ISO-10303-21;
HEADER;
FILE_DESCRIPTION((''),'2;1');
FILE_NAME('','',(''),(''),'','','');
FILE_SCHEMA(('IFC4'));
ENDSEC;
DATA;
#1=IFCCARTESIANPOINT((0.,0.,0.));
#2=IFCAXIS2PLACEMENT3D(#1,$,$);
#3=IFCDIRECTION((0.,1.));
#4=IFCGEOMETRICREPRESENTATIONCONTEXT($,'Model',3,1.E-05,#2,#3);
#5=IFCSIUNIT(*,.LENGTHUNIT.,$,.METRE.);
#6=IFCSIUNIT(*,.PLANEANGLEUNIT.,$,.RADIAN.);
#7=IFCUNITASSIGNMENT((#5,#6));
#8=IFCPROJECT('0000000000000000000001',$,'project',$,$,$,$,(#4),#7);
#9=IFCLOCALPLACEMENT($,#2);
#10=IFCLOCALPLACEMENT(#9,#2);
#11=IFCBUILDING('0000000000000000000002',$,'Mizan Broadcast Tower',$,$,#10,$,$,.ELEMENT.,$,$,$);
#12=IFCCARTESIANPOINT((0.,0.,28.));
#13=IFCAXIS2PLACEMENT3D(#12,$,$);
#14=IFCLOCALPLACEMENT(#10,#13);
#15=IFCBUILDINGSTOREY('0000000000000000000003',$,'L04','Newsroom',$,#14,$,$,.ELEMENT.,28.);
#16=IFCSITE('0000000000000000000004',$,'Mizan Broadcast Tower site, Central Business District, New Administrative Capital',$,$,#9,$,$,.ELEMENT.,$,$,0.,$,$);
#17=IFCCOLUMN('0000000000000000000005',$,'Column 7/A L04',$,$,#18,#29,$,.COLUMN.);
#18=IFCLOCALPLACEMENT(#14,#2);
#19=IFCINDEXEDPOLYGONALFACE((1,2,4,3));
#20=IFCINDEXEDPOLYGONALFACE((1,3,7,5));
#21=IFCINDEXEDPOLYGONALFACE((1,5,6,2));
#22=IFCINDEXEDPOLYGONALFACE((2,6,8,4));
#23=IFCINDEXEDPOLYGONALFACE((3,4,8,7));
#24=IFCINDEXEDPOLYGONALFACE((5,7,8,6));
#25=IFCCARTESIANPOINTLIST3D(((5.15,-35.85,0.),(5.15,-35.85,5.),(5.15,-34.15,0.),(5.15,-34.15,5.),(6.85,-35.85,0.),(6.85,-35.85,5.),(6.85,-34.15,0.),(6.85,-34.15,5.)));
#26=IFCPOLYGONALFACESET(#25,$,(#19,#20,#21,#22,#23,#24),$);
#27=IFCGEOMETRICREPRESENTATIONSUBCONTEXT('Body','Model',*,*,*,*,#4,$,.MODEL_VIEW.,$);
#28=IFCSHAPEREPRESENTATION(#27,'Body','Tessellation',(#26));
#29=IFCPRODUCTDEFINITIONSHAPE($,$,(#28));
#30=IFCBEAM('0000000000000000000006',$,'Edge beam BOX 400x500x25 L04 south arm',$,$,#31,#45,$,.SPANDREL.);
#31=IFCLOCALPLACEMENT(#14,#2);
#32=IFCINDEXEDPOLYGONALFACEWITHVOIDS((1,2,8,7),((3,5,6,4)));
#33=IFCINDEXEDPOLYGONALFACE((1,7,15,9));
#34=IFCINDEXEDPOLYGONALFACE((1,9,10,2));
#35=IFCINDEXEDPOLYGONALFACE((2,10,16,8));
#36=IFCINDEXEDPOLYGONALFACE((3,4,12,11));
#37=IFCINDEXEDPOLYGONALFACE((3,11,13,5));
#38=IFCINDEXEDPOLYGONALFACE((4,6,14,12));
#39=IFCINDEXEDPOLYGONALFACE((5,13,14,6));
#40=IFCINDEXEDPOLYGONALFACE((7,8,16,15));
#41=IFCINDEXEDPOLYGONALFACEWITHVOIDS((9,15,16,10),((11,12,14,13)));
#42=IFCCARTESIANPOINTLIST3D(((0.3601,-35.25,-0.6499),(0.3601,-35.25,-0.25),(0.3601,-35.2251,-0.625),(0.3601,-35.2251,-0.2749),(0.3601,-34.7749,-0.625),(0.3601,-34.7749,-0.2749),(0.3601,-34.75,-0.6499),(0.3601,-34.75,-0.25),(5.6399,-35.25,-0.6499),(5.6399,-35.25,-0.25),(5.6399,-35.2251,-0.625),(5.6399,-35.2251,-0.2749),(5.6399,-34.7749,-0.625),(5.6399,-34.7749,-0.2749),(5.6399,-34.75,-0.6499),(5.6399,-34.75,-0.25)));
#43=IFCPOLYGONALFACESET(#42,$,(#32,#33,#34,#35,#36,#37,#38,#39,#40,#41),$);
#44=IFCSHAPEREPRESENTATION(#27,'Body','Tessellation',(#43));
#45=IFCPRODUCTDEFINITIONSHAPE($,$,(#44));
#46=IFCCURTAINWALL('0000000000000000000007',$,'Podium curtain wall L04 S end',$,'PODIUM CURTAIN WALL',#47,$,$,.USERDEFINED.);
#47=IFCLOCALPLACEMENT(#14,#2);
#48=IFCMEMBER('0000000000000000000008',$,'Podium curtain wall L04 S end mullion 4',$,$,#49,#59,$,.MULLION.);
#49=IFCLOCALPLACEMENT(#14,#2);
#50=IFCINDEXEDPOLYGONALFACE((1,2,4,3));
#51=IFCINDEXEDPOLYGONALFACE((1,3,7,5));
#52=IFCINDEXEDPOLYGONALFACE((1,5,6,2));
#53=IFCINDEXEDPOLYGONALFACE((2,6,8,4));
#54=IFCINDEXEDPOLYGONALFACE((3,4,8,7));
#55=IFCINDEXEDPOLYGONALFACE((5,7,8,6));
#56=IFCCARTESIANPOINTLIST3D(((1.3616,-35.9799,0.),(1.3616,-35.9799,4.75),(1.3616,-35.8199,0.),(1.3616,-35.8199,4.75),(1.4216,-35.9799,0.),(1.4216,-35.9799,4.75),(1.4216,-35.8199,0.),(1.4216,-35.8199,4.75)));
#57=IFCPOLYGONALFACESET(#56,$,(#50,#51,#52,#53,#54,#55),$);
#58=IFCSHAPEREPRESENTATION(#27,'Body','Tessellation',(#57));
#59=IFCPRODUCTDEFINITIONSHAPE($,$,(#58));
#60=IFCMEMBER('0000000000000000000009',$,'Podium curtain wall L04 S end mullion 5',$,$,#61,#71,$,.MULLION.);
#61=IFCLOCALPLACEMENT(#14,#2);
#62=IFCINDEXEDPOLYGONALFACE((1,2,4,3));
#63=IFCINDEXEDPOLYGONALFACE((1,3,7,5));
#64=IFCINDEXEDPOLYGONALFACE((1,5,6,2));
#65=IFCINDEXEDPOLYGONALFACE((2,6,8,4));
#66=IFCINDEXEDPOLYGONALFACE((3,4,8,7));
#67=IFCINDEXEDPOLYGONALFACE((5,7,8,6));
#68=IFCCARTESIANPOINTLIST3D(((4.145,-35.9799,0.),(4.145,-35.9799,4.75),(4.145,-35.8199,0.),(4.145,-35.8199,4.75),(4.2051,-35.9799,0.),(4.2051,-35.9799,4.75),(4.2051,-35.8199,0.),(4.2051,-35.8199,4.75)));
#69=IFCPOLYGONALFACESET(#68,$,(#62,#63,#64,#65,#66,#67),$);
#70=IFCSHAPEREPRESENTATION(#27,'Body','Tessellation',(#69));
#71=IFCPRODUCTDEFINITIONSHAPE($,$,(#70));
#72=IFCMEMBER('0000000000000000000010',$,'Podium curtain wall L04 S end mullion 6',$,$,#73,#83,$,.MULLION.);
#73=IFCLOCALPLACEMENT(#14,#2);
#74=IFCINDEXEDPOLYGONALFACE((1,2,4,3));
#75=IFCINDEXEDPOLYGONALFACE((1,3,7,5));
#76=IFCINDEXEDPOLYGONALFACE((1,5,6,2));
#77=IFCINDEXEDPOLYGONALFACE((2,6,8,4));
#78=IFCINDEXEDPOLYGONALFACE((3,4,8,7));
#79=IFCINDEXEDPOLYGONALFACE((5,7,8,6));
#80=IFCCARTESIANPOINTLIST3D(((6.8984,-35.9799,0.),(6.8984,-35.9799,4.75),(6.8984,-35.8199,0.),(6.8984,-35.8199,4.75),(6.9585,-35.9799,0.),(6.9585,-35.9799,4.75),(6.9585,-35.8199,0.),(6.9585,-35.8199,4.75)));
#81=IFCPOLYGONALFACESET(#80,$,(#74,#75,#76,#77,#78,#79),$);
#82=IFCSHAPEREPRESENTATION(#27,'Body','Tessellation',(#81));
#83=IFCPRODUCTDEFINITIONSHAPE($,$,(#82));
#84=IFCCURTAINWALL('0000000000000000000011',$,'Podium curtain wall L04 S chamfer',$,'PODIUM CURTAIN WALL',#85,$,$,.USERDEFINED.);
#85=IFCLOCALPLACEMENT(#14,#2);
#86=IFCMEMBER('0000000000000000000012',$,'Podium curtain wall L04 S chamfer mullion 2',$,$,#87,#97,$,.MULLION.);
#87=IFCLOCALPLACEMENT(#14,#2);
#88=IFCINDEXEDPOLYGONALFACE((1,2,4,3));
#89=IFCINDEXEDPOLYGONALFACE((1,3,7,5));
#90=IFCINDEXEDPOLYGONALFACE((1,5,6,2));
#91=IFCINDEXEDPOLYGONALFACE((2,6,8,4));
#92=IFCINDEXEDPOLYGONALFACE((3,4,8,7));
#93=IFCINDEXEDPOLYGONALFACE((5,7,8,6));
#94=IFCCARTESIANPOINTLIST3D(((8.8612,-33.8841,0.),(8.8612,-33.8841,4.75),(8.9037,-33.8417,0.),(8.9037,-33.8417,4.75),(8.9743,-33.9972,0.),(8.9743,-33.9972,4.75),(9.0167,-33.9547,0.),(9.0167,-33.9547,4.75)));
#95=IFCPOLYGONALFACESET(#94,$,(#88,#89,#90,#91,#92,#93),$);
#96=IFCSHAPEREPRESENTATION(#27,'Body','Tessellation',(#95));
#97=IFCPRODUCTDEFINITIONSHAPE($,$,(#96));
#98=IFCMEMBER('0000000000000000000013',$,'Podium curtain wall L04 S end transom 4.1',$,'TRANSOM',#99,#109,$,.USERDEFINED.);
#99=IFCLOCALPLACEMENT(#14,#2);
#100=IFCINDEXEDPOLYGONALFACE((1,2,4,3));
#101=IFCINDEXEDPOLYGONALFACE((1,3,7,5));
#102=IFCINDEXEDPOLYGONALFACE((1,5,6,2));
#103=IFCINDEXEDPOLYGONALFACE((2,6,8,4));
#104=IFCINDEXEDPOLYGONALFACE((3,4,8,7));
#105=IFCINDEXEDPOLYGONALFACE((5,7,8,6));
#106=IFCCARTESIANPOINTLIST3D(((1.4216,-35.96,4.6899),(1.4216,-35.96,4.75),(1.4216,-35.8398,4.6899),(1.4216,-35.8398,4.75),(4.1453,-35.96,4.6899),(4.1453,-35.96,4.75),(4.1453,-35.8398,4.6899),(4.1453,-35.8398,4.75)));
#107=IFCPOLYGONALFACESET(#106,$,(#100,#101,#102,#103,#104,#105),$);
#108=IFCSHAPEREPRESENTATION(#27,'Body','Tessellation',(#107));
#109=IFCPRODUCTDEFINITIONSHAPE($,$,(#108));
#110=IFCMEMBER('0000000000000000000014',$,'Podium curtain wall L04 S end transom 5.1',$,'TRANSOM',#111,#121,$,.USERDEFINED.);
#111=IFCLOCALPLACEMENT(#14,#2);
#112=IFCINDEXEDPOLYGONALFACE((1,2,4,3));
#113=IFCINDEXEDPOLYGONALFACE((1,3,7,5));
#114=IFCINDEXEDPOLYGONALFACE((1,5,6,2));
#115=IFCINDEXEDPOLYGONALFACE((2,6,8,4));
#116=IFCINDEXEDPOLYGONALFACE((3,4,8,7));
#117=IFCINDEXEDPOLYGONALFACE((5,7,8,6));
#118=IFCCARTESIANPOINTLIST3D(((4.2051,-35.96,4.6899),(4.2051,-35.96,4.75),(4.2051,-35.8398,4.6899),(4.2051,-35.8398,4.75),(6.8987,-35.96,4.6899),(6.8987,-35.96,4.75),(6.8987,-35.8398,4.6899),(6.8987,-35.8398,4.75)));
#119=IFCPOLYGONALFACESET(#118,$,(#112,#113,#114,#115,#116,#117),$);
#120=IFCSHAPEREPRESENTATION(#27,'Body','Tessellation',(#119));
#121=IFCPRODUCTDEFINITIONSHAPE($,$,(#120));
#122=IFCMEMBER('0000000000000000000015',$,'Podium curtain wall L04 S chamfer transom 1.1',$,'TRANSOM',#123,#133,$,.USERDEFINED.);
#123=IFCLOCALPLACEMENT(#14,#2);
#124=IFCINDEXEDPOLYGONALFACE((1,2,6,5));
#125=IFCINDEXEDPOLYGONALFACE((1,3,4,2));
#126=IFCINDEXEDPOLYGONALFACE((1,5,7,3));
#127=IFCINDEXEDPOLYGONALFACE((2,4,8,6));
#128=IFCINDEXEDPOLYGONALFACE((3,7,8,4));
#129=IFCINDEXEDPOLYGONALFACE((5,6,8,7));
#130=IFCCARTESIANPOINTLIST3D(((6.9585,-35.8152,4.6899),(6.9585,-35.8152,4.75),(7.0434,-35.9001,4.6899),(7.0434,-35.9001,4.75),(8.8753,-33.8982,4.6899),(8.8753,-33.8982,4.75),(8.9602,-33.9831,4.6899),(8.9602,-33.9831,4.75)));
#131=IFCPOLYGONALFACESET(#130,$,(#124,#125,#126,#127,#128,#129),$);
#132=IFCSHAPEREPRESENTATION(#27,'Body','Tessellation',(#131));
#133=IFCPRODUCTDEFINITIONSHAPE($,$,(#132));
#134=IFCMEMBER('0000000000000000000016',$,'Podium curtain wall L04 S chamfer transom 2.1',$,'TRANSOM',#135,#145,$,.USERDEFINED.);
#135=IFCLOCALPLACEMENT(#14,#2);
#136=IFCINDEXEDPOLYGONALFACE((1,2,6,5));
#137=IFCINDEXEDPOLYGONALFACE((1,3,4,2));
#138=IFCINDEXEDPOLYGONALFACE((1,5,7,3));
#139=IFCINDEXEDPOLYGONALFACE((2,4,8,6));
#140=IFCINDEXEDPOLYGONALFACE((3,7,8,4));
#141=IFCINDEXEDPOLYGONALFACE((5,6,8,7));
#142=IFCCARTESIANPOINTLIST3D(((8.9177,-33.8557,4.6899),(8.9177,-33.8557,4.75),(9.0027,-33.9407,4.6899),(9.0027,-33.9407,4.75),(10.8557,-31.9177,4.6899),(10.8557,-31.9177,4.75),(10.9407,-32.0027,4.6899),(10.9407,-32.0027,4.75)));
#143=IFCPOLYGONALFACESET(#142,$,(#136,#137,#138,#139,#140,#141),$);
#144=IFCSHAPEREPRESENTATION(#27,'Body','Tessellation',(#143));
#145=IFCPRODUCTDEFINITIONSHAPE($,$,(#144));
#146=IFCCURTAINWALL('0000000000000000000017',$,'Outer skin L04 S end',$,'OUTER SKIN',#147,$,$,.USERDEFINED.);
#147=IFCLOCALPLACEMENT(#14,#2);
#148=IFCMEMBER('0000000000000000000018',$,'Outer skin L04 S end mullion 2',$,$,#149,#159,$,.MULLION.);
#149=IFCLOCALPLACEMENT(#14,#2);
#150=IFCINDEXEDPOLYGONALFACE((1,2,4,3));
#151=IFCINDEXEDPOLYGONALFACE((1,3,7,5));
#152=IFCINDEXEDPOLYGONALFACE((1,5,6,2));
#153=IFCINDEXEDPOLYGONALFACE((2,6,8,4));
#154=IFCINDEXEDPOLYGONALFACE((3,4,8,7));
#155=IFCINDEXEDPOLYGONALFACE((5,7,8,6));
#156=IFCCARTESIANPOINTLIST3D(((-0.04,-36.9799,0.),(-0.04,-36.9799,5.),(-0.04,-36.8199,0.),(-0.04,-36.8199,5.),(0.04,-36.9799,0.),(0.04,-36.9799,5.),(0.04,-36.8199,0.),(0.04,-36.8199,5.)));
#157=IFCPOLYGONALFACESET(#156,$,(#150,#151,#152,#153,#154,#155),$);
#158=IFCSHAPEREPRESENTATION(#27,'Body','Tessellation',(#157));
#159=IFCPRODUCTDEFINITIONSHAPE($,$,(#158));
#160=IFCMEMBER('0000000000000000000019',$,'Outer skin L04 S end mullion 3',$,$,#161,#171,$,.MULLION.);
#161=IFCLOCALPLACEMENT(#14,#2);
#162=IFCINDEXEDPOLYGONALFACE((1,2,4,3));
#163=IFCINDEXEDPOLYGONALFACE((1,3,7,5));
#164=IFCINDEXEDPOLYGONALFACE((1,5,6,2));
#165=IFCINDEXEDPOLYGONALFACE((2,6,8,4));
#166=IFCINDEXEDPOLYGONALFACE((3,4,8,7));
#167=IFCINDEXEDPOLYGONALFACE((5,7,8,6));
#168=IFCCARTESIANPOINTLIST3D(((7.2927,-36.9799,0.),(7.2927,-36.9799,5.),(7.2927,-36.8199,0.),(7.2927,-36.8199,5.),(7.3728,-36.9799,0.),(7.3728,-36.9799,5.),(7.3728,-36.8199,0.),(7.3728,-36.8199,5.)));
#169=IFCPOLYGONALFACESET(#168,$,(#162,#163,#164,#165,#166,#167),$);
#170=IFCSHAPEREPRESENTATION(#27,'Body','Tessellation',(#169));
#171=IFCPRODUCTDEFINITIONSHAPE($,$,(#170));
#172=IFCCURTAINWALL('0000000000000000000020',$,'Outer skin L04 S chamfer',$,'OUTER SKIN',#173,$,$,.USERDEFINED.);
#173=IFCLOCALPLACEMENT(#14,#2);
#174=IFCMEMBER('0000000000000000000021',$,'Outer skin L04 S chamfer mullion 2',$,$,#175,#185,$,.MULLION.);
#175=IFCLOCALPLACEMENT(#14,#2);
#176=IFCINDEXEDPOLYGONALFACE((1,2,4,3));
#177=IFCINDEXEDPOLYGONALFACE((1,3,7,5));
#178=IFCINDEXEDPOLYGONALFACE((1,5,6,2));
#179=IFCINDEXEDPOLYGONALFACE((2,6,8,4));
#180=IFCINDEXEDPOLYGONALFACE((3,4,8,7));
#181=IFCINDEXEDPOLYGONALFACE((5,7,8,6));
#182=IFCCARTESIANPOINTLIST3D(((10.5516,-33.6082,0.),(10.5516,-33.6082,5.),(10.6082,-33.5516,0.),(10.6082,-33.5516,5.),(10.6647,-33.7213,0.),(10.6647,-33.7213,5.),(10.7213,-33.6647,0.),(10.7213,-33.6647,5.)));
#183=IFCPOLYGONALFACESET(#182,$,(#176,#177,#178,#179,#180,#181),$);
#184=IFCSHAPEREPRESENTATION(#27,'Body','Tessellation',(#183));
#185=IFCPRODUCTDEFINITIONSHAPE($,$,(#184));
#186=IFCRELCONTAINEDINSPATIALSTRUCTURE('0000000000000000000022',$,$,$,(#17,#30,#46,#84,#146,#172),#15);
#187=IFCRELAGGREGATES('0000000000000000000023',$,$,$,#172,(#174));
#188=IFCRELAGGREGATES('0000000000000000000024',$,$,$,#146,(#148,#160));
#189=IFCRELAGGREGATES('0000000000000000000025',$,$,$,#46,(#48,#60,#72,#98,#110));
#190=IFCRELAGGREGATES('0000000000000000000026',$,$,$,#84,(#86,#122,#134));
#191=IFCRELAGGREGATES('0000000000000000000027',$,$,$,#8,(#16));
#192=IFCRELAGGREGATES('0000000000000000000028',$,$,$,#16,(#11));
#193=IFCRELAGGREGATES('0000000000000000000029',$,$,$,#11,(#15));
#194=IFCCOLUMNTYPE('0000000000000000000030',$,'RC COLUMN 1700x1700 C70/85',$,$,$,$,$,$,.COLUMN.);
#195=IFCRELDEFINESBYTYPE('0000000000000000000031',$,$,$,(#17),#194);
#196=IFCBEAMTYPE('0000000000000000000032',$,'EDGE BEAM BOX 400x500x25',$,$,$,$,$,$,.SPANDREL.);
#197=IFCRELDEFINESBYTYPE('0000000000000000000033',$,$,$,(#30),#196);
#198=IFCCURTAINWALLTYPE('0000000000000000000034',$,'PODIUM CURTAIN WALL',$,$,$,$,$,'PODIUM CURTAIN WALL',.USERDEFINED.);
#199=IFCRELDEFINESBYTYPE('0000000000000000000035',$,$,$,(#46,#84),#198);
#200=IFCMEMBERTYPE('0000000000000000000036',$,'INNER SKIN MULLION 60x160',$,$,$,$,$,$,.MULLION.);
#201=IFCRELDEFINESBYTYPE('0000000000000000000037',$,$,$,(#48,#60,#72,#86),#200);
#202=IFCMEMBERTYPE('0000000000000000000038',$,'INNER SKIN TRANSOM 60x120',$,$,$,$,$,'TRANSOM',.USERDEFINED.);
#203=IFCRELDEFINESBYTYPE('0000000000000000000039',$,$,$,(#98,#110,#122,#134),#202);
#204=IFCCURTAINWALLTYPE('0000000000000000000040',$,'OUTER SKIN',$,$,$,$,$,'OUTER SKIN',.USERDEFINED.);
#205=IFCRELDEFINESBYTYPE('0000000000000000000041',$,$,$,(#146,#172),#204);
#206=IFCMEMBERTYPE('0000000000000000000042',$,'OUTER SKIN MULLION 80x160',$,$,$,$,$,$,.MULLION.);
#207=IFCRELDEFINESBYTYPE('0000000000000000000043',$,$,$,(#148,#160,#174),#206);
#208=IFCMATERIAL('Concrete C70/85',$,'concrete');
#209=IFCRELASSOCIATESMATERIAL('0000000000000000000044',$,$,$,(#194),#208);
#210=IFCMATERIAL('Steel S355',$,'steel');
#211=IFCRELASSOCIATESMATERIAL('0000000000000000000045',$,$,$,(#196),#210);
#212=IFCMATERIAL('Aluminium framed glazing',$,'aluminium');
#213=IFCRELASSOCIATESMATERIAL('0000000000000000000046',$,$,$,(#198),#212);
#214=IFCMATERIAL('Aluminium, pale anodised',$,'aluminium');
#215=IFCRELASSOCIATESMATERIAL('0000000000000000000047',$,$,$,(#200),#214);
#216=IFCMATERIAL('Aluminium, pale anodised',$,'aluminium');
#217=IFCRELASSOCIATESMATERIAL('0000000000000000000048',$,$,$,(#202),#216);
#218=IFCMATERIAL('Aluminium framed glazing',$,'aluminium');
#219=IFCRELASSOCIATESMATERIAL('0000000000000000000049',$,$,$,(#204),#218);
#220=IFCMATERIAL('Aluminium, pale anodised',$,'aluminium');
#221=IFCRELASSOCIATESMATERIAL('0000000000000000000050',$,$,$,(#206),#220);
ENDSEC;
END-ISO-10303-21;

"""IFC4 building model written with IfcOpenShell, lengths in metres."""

from ifc_helpers import new_model, si_unit, direction, frame, origin, origin_2d, place, context, subcontext, project, spatial, rectangle, hollow_rectangle, extrude, material, material_profile, profile_set, type_object, element, aggregate, save


model = new_model("IFC4")

# Units and contexts
model_context = context("Model", 3, precision=1e-05, world=origin(), true_north=direction((0.0, 1.0)))
body_context = subcontext(model_context, "Body", "Model", "MODEL_VIEW")
ifc_project = project(units=[si_unit("LENGTHUNIT", "METRE"), si_unit("PLANEANGLEUNIT", "RADIAN")], contexts=[model_context])

# Site, building, storey
site_placement = place(None, origin())
site = spatial("IfcSite", under=ifc_project, at=site_placement, Name="Mizan Broadcast Tower site, Central Business District, New Administrative Capital", CompositionType="ELEMENT", RefElevation=0.0)
building_placement = place(site_placement, origin())
building = spatial("IfcBuilding", under=site, at=building_placement, Name="Mizan Broadcast Tower", CompositionType="ELEMENT")
storey_placement = place(building_placement, frame((0.0, 0.0, 28.0)))
storey = spatial("IfcBuildingStorey", under=building, at=storey_placement, Name="L04", Description="Newsroom", CompositionType="ELEMENT", Elevation=28.0)

# Column
ifc_material_1 = material(Name="Concrete C70/85", Category="concrete")
ifc_material_profile_1 = material_profile(ifc_material_1, rectangle(XDim=1.7, YDim=1.7, at=origin_2d()), Name="RC 1700x1700")
ifc_profile_set_1 = profile_set([ifc_material_profile_1], Name="Concrete C70/85")
column_type = type_object("IfcColumnType", Name="RC COLUMN 1700x1700 C70/85", PredefinedType="COLUMN", material=ifc_profile_set_1)
column_placement = place(storey_placement, frame((6.0, -35.0, 0.0), z_axis=(0.0, 0.0, 1.0), x_axis=(1.0, 0.0, 0.0)))
element("IfcColumn", 1, at=column_placement, inside=storey, type_object=column_type, Name="Column 7/A L04", PredefinedType="COLUMN", context=body_context, shape_type="SweptSolid", body=[
    extrude(rectangle(XDim=1.7, YDim=1.7, at=origin_2d()), origin(), (0.0, 0.0, 1.0), 5.0),
])

# Beam
ifc_material_2 = material(Name="Steel S355", Category="steel")
ifc_material_profile_2 = material_profile(ifc_material_2, hollow_rectangle(XDim=0.5, YDim=0.3999, WallThickness=0.0249, at=origin_2d()), Name="BOX 400x500x25")
ifc_profile_set_2 = profile_set([ifc_material_profile_2], Name="Steel S355")
beam_type = type_object("IfcBeamType", Name="EDGE BEAM BOX 400x500x25", PredefinedType="SPANDREL", material=ifc_profile_set_2)
beam_placement = place(storey_placement, frame((5.6399, -35.0, -0.45), z_axis=(-1.0, 0.0, 0.0), x_axis=(0.0, -1.0, 0.0)))
element("IfcBeam", 2, at=beam_placement, inside=storey, type_object=beam_type, Name="Edge beam BOX 400x500x25 L04 south arm", PredefinedType="SPANDREL", context=body_context, shape_type="SweptSolid", body=[
    extrude(hollow_rectangle(XDim=0.5, YDim=0.3999, WallThickness=0.0249, at=origin_2d()), origin(), (0.0, 0.0, 1.0), 5.2798),
])

# Curtain wall, members
ifc_material_3 = material(Name="Aluminium framed glazing", Category="aluminium")
curtain_wall_type_1 = type_object("IfcCurtainWallType", Name="PODIUM CURTAIN WALL", ElementType="PODIUM CURTAIN WALL", PredefinedType="USERDEFINED", material=ifc_material_3)
curtain_wall_1_placement = place(storey_placement, origin())
curtain_wall_1 = element("IfcCurtainWall", 3, at=curtain_wall_1_placement, inside=storey, type_object=curtain_wall_type_1, Name="Podium curtain wall L04 S end", ObjectType="PODIUM CURTAIN WALL", PredefinedType="USERDEFINED")
ifc_material_4 = material(Name="Aluminium, pale anodised", Category="aluminium")
ifc_material_profile_3 = material_profile(ifc_material_4, rectangle(XDim=0.1599, YDim=0.0601, at=origin_2d()), Name="MULLION 160x60")
ifc_profile_set_3 = profile_set([ifc_material_profile_3], Name="Aluminium, pale anodised")
member_type_1 = type_object("IfcMemberType", Name="INNER SKIN MULLION 60x160", PredefinedType="MULLION", material=ifc_profile_set_3)
member_1_placement = place(storey_placement, frame((1.3916, -35.8999, 0.0), z_axis=(0.0, 0.0, 1.0), x_axis=(0.0, 1.0, 0.0)))
member_1 = element("IfcMember", 4, at=member_1_placement, type_object=member_type_1, Name="Podium curtain wall L04 S end mullion 4", PredefinedType="MULLION", context=body_context, shape_type="SweptSolid", body=[
    extrude(rectangle(XDim=0.1599, YDim=0.0601, at=origin_2d()), origin(), (0.0, 0.0, 1.0), 4.75),
])
member_2_placement = place(storey_placement, frame((4.175, -35.8999, 0.0), z_axis=(0.0, 0.0, 1.0), x_axis=(0.0, 1.0, 0.0)))
member_2 = element("IfcMember", 5, at=member_2_placement, type_object=member_type_1, Name="Podium curtain wall L04 S end mullion 5", PredefinedType="MULLION", context=body_context, shape_type="SweptSolid", body=[
    extrude(rectangle(XDim=0.1599, YDim=0.0601, at=origin_2d()), origin(), (0.0, 0.0, 1.0), 4.75),
])
member_3_placement = place(storey_placement, frame((6.9285, -35.8999, 0.0), z_axis=(0.0, 0.0, 1.0), x_axis=(0.0, 1.0, 0.0)))
member_3 = element("IfcMember", 6, at=member_3_placement, type_object=member_type_1, Name="Podium curtain wall L04 S end mullion 6", PredefinedType="MULLION", context=body_context, shape_type="SweptSolid", body=[
    extrude(rectangle(XDim=0.1599, YDim=0.0601, at=origin_2d()), origin(), (0.0, 0.0, 1.0), 4.75),
])

# Curtain wall, member
curtain_wall_2_placement = place(storey_placement, origin())
curtain_wall_2 = element("IfcCurtainWall", 7, at=curtain_wall_2_placement, inside=storey, type_object=curtain_wall_type_1, Name="Podium curtain wall L04 S chamfer", ObjectType="PODIUM CURTAIN WALL", PredefinedType="USERDEFINED")
member_4_placement = place(storey_placement, frame((8.939, -33.9194, 0.0), z_axis=(0.0, 0.0, 1.0), x_axis=(-0.707107, 0.707107, 0.0)))
member_4 = element("IfcMember", 8, at=member_4_placement, type_object=member_type_1, Name="Podium curtain wall L04 S chamfer mullion 2", PredefinedType="MULLION", context=body_context, shape_type="SweptSolid", body=[
    extrude(rectangle(XDim=0.1599, YDim=0.0601, at=origin_2d()), origin(), (0.0, 0.0, 1.0), 4.75),
])

# Members
ifc_material_5 = material(Name="Aluminium, pale anodised", Category="aluminium")
ifc_material_profile_4 = material_profile(ifc_material_5, rectangle(XDim=0.1201, YDim=0.0601, at=origin_2d()), Name="TRANSOM 120x60")
ifc_profile_set_4 = profile_set([ifc_material_profile_4], Name="Aluminium, pale anodised")
member_type_2 = type_object("IfcMemberType", Name="INNER SKIN TRANSOM 60x120", ElementType="TRANSOM", PredefinedType="USERDEFINED", material=ifc_profile_set_4)
member_5_placement = place(storey_placement, frame((1.4216, -35.8999, 4.72), z_axis=(1.0, 0.0, 0.0), x_axis=(0.0, 1.0, 0.0)))
member_5 = element("IfcMember", 9, at=member_5_placement, type_object=member_type_2, Name="Podium curtain wall L04 S end transom 4.1", ObjectType="TRANSOM", PredefinedType="USERDEFINED", context=body_context, shape_type="SweptSolid", body=[
    extrude(rectangle(XDim=0.1201, YDim=0.0601, at=origin_2d()), origin(), (0.0, 0.0, 1.0), 2.7236),
])
member_6_placement = place(storey_placement, frame((4.2051, -35.8999, 4.72), z_axis=(1.0, 0.0, 0.0), x_axis=(0.0, 1.0, 0.0)))
member_6 = element("IfcMember", 10, at=member_6_placement, type_object=member_type_2, Name="Podium curtain wall L04 S end transom 5.1", ObjectType="TRANSOM", PredefinedType="USERDEFINED", context=body_context, shape_type="SweptSolid", body=[
    extrude(rectangle(XDim=0.1201, YDim=0.0601, at=origin_2d()), origin(), (0.0, 0.0, 1.0), 2.6936),
])
member_7_placement = place(storey_placement, frame((7.001, -35.8577, 4.72), z_axis=(0.707062, 0.707152, 0.0), x_axis=(-0.707152, 0.707062, 0.0)))
member_7 = element("IfcMember", 11, at=member_7_placement, type_object=member_type_2, Name="Podium curtain wall L04 S chamfer transom 1.1", ObjectType="TRANSOM", PredefinedType="USERDEFINED", context=body_context, shape_type="SweptSolid", body=[
    extrude(rectangle(XDim=0.1201, YDim=0.0601, at=origin_2d()), origin(), (0.0, 0.0, 1.0), 2.7109),
])
member_8_placement = place(storey_placement, frame((8.9602, -33.8982, 4.72), z_axis=(0.707107, 0.707107, 0.0), x_axis=(-0.707107, 0.707107, 0.0)))
member_8 = element("IfcMember", 12, at=member_8_placement, type_object=member_type_2, Name="Podium curtain wall L04 S chamfer transom 2.1", ObjectType="TRANSOM", PredefinedType="USERDEFINED", context=body_context, shape_type="SweptSolid", body=[
    extrude(rectangle(XDim=0.1201, YDim=0.0601, at=origin_2d()), origin(), (0.0, 0.0, 1.0), 2.7407),
])

# Curtain wall, members
ifc_material_6 = material(Name="Aluminium framed glazing", Category="aluminium")
curtain_wall_type_2 = type_object("IfcCurtainWallType", Name="OUTER SKIN", ElementType="OUTER SKIN", PredefinedType="USERDEFINED", material=ifc_material_6)
curtain_wall_3_placement = place(storey_placement, origin())
curtain_wall_3 = element("IfcCurtainWall", 13, at=curtain_wall_3_placement, inside=storey, type_object=curtain_wall_type_2, Name="Outer skin L04 S end", ObjectType="OUTER SKIN", PredefinedType="USERDEFINED")
ifc_material_7 = material(Name="Aluminium, pale anodised", Category="aluminium")
ifc_material_profile_5 = material_profile(ifc_material_7, rectangle(XDim=0.1599, YDim=0.0801, at=origin_2d()), Name="MULLION 160x80")
ifc_profile_set_5 = profile_set([ifc_material_profile_5], Name="Aluminium, pale anodised")
member_type_3 = type_object("IfcMemberType", Name="OUTER SKIN MULLION 80x160", PredefinedType="MULLION", material=ifc_profile_set_5)
member_9_placement = place(storey_placement, frame((0.0, -36.8999, 0.0), z_axis=(0.0, 0.0, 1.0), x_axis=(0.0, 1.0, 0.0)))
member_9 = element("IfcMember", 14, at=member_9_placement, type_object=member_type_3, Name="Outer skin L04 S end mullion 2", PredefinedType="MULLION", context=body_context, shape_type="SweptSolid", body=[
    extrude(rectangle(XDim=0.1599, YDim=0.0801, at=origin_2d()), origin(), (0.0, 0.0, 1.0), 5.0),
])
member_10_placement = place(storey_placement, frame((7.3328, -36.8999, 0.0), z_axis=(0.0, 0.0, 1.0), x_axis=(0.0, 1.0, 0.0)))
member_10 = element("IfcMember", 15, at=member_10_placement, type_object=member_type_3, Name="Outer skin L04 S end mullion 3", PredefinedType="MULLION", context=body_context, shape_type="SweptSolid", body=[
    extrude(rectangle(XDim=0.1599, YDim=0.0801, at=origin_2d()), origin(), (0.0, 0.0, 1.0), 5.0),
])

# Curtain wall, member
curtain_wall_4_placement = place(storey_placement, origin())
curtain_wall_4 = element("IfcCurtainWall", 16, at=curtain_wall_4_placement, inside=storey, type_object=curtain_wall_type_2, Name="Outer skin L04 S chamfer", ObjectType="OUTER SKIN", PredefinedType="USERDEFINED")
member_11_placement = place(storey_placement, frame((10.6365, -33.6365, 0.0), z_axis=(0.0, 0.0, 1.0), x_axis=(-0.707107, 0.707107, 0.0)))
member_11 = element("IfcMember", 17, at=member_11_placement, type_object=member_type_3, Name="Outer skin L04 S chamfer mullion 2", PredefinedType="MULLION", context=body_context, shape_type="SweptSolid", body=[
    extrude(rectangle(XDim=0.1599, YDim=0.0801, at=origin_2d()), origin(), (0.0, 0.0, 1.0), 5.0),
])

aggregate(curtain_wall_4, [member_11])
aggregate(curtain_wall_3, [member_9, member_10])
aggregate(curtain_wall_1, [member_1, member_2, member_3, member_5, member_6])
aggregate(curtain_wall_2, [member_4, member_7, member_8])

save(model, "model.ifc")
